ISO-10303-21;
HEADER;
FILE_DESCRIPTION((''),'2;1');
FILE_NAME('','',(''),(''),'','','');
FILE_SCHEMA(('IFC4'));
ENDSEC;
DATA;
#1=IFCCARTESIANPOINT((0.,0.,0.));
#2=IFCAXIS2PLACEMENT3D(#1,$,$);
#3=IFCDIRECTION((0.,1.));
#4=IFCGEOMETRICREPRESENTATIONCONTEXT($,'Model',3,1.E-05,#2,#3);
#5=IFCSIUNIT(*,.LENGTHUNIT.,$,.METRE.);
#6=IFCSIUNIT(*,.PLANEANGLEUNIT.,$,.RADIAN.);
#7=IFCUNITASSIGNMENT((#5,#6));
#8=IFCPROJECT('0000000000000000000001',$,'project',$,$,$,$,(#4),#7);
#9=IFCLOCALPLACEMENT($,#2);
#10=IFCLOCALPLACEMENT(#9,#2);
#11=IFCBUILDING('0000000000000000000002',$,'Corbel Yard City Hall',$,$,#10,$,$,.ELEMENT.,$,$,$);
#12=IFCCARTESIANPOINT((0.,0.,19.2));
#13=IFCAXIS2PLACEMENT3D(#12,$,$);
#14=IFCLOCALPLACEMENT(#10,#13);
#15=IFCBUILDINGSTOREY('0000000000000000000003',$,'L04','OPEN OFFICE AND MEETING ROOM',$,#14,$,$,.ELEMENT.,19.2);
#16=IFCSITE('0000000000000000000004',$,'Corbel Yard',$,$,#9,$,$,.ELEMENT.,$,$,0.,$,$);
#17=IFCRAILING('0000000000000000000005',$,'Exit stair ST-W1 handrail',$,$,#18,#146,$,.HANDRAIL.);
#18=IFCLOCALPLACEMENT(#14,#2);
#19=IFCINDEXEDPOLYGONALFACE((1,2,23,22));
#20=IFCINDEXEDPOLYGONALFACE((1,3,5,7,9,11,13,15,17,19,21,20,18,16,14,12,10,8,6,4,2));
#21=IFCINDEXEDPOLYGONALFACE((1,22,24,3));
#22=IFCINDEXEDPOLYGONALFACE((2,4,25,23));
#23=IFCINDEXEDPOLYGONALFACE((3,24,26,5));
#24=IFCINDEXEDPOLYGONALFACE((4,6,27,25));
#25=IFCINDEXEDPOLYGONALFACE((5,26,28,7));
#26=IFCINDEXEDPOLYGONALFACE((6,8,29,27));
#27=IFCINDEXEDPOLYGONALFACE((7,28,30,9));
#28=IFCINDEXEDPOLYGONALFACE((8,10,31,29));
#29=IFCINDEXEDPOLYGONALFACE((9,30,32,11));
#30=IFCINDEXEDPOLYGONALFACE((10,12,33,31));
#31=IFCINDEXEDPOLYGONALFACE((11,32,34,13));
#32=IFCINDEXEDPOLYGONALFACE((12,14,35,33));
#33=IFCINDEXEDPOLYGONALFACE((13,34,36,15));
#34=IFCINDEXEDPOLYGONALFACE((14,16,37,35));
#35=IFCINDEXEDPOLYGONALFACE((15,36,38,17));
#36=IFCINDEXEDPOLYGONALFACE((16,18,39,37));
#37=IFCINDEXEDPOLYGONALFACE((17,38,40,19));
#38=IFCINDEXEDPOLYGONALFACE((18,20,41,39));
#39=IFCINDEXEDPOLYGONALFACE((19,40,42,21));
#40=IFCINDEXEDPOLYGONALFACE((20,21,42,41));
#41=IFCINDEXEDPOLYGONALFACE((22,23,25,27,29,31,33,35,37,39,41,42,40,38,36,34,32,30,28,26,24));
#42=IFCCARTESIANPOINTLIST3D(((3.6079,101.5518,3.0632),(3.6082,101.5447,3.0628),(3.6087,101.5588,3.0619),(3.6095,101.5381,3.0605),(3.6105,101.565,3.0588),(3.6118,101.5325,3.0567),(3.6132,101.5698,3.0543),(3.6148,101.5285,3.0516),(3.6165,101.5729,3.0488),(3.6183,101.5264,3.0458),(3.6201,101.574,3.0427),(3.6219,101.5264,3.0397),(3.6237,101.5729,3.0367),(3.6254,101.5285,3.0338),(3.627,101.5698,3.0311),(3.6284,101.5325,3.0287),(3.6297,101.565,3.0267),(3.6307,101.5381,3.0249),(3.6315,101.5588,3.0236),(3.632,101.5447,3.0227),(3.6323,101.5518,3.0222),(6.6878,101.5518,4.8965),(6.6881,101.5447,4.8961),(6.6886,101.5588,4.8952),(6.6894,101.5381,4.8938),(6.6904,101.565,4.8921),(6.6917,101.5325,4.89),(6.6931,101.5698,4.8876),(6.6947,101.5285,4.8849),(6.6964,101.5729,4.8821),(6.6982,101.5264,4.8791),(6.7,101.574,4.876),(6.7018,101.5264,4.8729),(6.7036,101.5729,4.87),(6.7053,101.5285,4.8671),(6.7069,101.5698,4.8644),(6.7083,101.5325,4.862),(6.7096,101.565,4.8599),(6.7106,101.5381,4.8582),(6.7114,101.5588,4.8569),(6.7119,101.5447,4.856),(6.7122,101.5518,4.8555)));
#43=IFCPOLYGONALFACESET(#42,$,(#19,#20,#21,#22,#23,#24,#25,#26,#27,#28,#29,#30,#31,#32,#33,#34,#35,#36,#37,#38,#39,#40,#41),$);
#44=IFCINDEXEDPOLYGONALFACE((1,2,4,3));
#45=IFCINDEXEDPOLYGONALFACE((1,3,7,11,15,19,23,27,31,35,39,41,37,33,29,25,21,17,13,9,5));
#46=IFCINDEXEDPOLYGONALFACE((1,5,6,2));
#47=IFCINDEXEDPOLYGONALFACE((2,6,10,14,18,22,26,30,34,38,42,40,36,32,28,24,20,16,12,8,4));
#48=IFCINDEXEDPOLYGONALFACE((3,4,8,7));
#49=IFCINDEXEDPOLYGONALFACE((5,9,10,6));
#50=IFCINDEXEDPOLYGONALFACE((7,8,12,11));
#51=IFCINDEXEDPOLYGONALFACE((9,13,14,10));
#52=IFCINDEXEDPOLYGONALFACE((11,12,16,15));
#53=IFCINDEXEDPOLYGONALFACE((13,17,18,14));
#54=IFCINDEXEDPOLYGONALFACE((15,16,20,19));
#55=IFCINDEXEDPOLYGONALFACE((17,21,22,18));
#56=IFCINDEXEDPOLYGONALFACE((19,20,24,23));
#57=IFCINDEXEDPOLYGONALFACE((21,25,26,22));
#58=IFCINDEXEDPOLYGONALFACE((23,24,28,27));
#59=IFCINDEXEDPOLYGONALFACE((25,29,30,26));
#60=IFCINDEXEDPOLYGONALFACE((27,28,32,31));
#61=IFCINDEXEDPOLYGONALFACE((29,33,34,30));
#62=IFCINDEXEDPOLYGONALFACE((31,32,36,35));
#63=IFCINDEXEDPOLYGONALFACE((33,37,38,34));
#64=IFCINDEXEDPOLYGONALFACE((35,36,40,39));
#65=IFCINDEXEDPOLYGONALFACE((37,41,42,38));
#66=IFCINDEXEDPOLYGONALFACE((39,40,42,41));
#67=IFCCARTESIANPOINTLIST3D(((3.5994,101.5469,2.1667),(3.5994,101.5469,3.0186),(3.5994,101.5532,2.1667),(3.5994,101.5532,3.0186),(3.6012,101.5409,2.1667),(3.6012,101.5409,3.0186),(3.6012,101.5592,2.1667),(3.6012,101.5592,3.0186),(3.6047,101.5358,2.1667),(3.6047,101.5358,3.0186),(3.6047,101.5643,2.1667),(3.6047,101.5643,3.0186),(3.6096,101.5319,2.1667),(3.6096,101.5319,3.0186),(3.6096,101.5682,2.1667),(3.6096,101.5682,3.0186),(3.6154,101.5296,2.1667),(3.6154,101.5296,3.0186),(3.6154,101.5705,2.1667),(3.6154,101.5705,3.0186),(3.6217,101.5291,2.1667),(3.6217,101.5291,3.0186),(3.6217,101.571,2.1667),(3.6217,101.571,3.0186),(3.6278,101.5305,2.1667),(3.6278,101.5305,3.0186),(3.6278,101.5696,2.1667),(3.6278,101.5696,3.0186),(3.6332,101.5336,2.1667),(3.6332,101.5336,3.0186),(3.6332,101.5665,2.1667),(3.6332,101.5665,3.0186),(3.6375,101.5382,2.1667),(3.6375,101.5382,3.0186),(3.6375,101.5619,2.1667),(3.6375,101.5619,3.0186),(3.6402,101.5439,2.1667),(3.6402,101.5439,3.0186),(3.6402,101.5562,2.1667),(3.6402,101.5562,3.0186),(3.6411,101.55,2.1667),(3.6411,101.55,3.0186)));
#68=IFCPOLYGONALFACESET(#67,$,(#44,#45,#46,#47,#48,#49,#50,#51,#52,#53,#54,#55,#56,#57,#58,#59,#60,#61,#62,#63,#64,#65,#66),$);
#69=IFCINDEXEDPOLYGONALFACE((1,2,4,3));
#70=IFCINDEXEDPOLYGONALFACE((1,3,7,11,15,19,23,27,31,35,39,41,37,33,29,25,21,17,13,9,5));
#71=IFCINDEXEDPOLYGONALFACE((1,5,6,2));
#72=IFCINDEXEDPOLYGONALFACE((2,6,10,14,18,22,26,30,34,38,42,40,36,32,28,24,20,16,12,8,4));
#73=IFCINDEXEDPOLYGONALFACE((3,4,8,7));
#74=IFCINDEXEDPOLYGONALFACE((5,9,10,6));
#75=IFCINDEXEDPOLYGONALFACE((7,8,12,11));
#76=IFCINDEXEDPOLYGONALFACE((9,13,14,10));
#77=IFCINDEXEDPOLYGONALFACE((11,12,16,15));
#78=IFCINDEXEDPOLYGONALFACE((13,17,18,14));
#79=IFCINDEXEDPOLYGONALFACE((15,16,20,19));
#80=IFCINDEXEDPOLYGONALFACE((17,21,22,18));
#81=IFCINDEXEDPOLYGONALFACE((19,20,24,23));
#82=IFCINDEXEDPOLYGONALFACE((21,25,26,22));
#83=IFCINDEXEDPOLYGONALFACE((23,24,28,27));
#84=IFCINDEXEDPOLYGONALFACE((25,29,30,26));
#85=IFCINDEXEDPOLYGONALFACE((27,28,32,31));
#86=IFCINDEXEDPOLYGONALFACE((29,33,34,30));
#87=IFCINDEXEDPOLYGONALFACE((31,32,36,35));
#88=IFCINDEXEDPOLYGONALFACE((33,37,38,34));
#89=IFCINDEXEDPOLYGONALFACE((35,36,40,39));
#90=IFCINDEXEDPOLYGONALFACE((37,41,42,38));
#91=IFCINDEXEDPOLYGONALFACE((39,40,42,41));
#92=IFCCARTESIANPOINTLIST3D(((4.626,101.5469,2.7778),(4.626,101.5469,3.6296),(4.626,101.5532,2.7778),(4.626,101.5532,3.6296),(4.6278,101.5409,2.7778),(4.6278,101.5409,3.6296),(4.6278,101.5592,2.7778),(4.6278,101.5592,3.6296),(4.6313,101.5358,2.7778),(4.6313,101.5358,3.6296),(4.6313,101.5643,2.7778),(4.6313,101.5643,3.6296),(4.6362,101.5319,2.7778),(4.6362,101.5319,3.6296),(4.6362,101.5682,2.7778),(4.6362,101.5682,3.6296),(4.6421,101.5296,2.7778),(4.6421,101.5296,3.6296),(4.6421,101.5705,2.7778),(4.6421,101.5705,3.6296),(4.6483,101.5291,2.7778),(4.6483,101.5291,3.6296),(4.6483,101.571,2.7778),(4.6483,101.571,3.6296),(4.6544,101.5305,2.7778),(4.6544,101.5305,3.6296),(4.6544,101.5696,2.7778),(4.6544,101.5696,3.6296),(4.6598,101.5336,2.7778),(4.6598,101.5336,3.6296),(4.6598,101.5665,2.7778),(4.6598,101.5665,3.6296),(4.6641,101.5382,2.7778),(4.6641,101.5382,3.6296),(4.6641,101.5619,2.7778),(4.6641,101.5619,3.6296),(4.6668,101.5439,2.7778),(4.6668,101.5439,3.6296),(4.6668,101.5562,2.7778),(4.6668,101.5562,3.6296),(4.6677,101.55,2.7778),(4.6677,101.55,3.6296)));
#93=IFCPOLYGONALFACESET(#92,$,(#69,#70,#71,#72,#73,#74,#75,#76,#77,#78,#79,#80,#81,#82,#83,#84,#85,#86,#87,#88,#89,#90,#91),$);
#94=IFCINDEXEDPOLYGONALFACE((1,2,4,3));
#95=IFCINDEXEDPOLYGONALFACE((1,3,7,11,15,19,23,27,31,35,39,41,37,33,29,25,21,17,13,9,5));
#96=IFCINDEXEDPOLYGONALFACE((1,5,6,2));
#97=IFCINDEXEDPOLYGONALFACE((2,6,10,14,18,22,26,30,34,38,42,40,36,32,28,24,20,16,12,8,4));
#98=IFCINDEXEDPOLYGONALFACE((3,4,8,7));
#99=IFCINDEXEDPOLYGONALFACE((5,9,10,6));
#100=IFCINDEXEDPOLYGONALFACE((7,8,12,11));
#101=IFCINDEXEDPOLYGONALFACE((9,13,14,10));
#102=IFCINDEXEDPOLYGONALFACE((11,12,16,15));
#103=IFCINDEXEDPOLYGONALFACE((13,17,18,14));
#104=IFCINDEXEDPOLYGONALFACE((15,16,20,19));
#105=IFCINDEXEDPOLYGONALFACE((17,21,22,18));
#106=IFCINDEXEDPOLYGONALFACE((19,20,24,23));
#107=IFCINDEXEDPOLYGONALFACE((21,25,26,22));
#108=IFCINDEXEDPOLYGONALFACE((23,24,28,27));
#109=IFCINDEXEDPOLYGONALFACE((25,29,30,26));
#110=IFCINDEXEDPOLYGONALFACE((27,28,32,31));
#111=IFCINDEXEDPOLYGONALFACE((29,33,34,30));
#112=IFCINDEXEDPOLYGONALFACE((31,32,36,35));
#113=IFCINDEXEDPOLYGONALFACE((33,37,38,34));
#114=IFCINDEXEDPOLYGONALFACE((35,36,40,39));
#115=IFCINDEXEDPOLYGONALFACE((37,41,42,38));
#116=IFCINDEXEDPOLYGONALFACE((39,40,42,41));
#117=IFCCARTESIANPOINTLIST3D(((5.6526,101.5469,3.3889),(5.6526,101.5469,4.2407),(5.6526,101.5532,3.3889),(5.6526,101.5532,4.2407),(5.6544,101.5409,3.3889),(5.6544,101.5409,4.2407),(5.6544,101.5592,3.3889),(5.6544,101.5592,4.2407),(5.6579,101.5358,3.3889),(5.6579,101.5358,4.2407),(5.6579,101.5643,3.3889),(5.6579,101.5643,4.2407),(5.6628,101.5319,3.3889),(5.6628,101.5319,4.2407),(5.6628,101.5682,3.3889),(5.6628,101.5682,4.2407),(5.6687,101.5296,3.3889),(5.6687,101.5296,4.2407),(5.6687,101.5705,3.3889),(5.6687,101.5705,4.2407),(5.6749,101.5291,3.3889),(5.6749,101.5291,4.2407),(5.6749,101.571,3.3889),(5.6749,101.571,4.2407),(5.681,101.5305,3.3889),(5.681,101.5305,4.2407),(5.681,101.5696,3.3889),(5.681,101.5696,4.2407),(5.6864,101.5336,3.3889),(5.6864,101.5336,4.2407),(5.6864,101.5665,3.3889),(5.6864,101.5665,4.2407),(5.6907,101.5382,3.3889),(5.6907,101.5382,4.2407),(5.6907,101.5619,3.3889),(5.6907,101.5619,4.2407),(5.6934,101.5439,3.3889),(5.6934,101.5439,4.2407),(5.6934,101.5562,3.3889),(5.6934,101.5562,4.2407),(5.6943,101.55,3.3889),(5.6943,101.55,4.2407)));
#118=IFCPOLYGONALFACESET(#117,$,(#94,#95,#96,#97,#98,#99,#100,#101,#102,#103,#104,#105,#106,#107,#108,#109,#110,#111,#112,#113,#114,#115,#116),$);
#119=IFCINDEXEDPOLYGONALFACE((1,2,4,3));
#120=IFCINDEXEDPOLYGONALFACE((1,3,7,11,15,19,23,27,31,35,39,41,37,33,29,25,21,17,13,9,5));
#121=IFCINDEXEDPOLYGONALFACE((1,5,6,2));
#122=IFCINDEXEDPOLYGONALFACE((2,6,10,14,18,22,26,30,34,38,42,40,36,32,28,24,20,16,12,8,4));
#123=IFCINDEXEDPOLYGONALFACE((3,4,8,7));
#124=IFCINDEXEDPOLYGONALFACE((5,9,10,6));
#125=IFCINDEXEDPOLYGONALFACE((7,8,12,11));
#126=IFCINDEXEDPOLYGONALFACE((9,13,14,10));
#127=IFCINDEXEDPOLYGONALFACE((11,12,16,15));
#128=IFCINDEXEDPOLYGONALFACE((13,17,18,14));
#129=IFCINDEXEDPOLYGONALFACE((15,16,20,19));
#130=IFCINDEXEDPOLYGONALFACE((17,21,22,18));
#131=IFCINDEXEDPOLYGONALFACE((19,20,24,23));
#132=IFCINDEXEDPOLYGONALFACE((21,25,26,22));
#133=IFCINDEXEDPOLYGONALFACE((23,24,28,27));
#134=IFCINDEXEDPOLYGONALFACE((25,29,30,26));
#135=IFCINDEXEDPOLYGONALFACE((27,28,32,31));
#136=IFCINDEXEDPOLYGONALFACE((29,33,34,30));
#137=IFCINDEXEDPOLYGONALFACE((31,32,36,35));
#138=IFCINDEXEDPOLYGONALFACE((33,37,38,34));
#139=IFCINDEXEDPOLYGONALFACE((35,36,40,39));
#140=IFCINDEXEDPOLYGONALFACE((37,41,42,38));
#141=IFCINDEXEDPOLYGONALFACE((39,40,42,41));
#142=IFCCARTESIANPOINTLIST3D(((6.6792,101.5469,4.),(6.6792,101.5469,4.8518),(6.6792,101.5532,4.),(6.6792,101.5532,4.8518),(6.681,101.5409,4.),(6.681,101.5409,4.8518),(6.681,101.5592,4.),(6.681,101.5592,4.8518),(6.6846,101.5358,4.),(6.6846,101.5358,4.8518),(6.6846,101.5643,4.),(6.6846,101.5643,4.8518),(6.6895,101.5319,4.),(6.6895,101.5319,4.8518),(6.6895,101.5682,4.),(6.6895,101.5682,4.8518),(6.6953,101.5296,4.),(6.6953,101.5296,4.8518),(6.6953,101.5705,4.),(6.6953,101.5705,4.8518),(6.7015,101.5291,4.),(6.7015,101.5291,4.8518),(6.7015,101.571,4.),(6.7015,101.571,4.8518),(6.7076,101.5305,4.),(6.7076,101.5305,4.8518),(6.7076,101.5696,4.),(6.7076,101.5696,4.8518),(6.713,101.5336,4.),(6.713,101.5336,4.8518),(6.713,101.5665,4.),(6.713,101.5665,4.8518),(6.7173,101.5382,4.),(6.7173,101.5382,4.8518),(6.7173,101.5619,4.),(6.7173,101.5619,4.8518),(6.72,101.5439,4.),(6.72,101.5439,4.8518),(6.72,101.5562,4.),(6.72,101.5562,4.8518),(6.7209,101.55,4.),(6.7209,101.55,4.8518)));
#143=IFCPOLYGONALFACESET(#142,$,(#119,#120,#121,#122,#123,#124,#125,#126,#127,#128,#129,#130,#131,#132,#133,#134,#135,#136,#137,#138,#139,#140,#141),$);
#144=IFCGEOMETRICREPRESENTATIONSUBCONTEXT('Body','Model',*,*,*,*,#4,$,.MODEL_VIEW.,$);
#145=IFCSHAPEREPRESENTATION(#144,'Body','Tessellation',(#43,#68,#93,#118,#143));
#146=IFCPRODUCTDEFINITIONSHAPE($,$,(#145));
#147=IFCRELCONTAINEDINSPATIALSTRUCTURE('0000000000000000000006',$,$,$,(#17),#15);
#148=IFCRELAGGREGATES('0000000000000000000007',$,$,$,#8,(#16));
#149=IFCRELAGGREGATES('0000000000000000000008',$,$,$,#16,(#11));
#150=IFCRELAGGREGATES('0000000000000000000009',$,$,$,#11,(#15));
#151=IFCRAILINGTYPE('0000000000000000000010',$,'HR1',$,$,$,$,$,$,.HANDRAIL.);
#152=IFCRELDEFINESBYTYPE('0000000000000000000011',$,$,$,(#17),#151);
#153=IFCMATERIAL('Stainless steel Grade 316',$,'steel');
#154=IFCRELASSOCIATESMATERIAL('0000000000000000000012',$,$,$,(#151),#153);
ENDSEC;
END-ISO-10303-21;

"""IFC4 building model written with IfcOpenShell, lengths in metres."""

from ifc_helpers import new_model, si_unit, direction, frame, origin, origin_2d, place, context, subcontext, project, spatial, circle, extrude, material, type_object, element, save


model = new_model("IFC4")

# Units and contexts
model_context = context("Model", 3, precision=1e-05, world=origin(), true_north=direction((0.0, 1.0)))
body_context = subcontext(model_context, "Body", "Model", "MODEL_VIEW")
ifc_project = project(units=[si_unit("LENGTHUNIT", "METRE"), si_unit("PLANEANGLEUNIT", "RADIAN")], contexts=[model_context])

# Site, building, storey
site_placement = place(None, origin())
site = spatial("IfcSite", under=ifc_project, at=site_placement, Name="Corbel Yard", CompositionType="ELEMENT", RefElevation=0.0)
building_placement = place(site_placement, origin())
building = spatial("IfcBuilding", under=site, at=building_placement, Name="Corbel Yard City Hall", CompositionType="ELEMENT")
storey_placement = place(building_placement, frame((0.0, 0.0, 19.2)))
storey = spatial("IfcBuildingStorey", under=building, at=storey_placement, Name="L04", Description="OPEN OFFICE AND MEETING ROOM", CompositionType="ELEMENT", Elevation=19.2)

# Railing
ifc_material_1 = material(Name="Stainless steel Grade 316", Category="steel")
railing_type = type_object("IfcRailingType", Name="HR1", PredefinedType="HANDRAIL", material=ifc_material_1)
for number, where, name in (
    (1, (3.6201, 101.55, 2.1667), "Exit stair ST-W1 handrail"),
):
    element("IfcRailing", number, at=place(storey_placement, frame(where)), inside=storey, type_object=railing_type, Name=name, PredefinedType="HANDRAIL", context=body_context, shape_type="SweptSolid", body=[
        extrude(circle(Radius=0.0239, at=origin_2d()), frame((0.0, 0.0, 0.876), z_axis=(0.859291, 0.0, 0.511487), x_axis=(0.0, 1.0, 0.0)), (0.0, 0.0, 1.0), 3.5842),
        extrude(circle(Radius=0.021, at=origin_2d()), origin(), (0.0, 0.0, 1.0), 0.8518),
        extrude(circle(Radius=0.021, at=origin_2d()), frame((1.0266, 0.0, 0.6111)), (0.0, 0.0, 1.0), 0.8518),
        extrude(circle(Radius=0.021, at=origin_2d()), frame((2.0532, 0.0, 1.2222)), (0.0, 0.0, 1.0), 0.8518),
        extrude(circle(Radius=0.021, at=origin_2d()), frame((3.0798, 0.0, 1.8333)), (0.0, 0.0, 1.0), 0.8518),
    ])

save(model, "model.ifc")
